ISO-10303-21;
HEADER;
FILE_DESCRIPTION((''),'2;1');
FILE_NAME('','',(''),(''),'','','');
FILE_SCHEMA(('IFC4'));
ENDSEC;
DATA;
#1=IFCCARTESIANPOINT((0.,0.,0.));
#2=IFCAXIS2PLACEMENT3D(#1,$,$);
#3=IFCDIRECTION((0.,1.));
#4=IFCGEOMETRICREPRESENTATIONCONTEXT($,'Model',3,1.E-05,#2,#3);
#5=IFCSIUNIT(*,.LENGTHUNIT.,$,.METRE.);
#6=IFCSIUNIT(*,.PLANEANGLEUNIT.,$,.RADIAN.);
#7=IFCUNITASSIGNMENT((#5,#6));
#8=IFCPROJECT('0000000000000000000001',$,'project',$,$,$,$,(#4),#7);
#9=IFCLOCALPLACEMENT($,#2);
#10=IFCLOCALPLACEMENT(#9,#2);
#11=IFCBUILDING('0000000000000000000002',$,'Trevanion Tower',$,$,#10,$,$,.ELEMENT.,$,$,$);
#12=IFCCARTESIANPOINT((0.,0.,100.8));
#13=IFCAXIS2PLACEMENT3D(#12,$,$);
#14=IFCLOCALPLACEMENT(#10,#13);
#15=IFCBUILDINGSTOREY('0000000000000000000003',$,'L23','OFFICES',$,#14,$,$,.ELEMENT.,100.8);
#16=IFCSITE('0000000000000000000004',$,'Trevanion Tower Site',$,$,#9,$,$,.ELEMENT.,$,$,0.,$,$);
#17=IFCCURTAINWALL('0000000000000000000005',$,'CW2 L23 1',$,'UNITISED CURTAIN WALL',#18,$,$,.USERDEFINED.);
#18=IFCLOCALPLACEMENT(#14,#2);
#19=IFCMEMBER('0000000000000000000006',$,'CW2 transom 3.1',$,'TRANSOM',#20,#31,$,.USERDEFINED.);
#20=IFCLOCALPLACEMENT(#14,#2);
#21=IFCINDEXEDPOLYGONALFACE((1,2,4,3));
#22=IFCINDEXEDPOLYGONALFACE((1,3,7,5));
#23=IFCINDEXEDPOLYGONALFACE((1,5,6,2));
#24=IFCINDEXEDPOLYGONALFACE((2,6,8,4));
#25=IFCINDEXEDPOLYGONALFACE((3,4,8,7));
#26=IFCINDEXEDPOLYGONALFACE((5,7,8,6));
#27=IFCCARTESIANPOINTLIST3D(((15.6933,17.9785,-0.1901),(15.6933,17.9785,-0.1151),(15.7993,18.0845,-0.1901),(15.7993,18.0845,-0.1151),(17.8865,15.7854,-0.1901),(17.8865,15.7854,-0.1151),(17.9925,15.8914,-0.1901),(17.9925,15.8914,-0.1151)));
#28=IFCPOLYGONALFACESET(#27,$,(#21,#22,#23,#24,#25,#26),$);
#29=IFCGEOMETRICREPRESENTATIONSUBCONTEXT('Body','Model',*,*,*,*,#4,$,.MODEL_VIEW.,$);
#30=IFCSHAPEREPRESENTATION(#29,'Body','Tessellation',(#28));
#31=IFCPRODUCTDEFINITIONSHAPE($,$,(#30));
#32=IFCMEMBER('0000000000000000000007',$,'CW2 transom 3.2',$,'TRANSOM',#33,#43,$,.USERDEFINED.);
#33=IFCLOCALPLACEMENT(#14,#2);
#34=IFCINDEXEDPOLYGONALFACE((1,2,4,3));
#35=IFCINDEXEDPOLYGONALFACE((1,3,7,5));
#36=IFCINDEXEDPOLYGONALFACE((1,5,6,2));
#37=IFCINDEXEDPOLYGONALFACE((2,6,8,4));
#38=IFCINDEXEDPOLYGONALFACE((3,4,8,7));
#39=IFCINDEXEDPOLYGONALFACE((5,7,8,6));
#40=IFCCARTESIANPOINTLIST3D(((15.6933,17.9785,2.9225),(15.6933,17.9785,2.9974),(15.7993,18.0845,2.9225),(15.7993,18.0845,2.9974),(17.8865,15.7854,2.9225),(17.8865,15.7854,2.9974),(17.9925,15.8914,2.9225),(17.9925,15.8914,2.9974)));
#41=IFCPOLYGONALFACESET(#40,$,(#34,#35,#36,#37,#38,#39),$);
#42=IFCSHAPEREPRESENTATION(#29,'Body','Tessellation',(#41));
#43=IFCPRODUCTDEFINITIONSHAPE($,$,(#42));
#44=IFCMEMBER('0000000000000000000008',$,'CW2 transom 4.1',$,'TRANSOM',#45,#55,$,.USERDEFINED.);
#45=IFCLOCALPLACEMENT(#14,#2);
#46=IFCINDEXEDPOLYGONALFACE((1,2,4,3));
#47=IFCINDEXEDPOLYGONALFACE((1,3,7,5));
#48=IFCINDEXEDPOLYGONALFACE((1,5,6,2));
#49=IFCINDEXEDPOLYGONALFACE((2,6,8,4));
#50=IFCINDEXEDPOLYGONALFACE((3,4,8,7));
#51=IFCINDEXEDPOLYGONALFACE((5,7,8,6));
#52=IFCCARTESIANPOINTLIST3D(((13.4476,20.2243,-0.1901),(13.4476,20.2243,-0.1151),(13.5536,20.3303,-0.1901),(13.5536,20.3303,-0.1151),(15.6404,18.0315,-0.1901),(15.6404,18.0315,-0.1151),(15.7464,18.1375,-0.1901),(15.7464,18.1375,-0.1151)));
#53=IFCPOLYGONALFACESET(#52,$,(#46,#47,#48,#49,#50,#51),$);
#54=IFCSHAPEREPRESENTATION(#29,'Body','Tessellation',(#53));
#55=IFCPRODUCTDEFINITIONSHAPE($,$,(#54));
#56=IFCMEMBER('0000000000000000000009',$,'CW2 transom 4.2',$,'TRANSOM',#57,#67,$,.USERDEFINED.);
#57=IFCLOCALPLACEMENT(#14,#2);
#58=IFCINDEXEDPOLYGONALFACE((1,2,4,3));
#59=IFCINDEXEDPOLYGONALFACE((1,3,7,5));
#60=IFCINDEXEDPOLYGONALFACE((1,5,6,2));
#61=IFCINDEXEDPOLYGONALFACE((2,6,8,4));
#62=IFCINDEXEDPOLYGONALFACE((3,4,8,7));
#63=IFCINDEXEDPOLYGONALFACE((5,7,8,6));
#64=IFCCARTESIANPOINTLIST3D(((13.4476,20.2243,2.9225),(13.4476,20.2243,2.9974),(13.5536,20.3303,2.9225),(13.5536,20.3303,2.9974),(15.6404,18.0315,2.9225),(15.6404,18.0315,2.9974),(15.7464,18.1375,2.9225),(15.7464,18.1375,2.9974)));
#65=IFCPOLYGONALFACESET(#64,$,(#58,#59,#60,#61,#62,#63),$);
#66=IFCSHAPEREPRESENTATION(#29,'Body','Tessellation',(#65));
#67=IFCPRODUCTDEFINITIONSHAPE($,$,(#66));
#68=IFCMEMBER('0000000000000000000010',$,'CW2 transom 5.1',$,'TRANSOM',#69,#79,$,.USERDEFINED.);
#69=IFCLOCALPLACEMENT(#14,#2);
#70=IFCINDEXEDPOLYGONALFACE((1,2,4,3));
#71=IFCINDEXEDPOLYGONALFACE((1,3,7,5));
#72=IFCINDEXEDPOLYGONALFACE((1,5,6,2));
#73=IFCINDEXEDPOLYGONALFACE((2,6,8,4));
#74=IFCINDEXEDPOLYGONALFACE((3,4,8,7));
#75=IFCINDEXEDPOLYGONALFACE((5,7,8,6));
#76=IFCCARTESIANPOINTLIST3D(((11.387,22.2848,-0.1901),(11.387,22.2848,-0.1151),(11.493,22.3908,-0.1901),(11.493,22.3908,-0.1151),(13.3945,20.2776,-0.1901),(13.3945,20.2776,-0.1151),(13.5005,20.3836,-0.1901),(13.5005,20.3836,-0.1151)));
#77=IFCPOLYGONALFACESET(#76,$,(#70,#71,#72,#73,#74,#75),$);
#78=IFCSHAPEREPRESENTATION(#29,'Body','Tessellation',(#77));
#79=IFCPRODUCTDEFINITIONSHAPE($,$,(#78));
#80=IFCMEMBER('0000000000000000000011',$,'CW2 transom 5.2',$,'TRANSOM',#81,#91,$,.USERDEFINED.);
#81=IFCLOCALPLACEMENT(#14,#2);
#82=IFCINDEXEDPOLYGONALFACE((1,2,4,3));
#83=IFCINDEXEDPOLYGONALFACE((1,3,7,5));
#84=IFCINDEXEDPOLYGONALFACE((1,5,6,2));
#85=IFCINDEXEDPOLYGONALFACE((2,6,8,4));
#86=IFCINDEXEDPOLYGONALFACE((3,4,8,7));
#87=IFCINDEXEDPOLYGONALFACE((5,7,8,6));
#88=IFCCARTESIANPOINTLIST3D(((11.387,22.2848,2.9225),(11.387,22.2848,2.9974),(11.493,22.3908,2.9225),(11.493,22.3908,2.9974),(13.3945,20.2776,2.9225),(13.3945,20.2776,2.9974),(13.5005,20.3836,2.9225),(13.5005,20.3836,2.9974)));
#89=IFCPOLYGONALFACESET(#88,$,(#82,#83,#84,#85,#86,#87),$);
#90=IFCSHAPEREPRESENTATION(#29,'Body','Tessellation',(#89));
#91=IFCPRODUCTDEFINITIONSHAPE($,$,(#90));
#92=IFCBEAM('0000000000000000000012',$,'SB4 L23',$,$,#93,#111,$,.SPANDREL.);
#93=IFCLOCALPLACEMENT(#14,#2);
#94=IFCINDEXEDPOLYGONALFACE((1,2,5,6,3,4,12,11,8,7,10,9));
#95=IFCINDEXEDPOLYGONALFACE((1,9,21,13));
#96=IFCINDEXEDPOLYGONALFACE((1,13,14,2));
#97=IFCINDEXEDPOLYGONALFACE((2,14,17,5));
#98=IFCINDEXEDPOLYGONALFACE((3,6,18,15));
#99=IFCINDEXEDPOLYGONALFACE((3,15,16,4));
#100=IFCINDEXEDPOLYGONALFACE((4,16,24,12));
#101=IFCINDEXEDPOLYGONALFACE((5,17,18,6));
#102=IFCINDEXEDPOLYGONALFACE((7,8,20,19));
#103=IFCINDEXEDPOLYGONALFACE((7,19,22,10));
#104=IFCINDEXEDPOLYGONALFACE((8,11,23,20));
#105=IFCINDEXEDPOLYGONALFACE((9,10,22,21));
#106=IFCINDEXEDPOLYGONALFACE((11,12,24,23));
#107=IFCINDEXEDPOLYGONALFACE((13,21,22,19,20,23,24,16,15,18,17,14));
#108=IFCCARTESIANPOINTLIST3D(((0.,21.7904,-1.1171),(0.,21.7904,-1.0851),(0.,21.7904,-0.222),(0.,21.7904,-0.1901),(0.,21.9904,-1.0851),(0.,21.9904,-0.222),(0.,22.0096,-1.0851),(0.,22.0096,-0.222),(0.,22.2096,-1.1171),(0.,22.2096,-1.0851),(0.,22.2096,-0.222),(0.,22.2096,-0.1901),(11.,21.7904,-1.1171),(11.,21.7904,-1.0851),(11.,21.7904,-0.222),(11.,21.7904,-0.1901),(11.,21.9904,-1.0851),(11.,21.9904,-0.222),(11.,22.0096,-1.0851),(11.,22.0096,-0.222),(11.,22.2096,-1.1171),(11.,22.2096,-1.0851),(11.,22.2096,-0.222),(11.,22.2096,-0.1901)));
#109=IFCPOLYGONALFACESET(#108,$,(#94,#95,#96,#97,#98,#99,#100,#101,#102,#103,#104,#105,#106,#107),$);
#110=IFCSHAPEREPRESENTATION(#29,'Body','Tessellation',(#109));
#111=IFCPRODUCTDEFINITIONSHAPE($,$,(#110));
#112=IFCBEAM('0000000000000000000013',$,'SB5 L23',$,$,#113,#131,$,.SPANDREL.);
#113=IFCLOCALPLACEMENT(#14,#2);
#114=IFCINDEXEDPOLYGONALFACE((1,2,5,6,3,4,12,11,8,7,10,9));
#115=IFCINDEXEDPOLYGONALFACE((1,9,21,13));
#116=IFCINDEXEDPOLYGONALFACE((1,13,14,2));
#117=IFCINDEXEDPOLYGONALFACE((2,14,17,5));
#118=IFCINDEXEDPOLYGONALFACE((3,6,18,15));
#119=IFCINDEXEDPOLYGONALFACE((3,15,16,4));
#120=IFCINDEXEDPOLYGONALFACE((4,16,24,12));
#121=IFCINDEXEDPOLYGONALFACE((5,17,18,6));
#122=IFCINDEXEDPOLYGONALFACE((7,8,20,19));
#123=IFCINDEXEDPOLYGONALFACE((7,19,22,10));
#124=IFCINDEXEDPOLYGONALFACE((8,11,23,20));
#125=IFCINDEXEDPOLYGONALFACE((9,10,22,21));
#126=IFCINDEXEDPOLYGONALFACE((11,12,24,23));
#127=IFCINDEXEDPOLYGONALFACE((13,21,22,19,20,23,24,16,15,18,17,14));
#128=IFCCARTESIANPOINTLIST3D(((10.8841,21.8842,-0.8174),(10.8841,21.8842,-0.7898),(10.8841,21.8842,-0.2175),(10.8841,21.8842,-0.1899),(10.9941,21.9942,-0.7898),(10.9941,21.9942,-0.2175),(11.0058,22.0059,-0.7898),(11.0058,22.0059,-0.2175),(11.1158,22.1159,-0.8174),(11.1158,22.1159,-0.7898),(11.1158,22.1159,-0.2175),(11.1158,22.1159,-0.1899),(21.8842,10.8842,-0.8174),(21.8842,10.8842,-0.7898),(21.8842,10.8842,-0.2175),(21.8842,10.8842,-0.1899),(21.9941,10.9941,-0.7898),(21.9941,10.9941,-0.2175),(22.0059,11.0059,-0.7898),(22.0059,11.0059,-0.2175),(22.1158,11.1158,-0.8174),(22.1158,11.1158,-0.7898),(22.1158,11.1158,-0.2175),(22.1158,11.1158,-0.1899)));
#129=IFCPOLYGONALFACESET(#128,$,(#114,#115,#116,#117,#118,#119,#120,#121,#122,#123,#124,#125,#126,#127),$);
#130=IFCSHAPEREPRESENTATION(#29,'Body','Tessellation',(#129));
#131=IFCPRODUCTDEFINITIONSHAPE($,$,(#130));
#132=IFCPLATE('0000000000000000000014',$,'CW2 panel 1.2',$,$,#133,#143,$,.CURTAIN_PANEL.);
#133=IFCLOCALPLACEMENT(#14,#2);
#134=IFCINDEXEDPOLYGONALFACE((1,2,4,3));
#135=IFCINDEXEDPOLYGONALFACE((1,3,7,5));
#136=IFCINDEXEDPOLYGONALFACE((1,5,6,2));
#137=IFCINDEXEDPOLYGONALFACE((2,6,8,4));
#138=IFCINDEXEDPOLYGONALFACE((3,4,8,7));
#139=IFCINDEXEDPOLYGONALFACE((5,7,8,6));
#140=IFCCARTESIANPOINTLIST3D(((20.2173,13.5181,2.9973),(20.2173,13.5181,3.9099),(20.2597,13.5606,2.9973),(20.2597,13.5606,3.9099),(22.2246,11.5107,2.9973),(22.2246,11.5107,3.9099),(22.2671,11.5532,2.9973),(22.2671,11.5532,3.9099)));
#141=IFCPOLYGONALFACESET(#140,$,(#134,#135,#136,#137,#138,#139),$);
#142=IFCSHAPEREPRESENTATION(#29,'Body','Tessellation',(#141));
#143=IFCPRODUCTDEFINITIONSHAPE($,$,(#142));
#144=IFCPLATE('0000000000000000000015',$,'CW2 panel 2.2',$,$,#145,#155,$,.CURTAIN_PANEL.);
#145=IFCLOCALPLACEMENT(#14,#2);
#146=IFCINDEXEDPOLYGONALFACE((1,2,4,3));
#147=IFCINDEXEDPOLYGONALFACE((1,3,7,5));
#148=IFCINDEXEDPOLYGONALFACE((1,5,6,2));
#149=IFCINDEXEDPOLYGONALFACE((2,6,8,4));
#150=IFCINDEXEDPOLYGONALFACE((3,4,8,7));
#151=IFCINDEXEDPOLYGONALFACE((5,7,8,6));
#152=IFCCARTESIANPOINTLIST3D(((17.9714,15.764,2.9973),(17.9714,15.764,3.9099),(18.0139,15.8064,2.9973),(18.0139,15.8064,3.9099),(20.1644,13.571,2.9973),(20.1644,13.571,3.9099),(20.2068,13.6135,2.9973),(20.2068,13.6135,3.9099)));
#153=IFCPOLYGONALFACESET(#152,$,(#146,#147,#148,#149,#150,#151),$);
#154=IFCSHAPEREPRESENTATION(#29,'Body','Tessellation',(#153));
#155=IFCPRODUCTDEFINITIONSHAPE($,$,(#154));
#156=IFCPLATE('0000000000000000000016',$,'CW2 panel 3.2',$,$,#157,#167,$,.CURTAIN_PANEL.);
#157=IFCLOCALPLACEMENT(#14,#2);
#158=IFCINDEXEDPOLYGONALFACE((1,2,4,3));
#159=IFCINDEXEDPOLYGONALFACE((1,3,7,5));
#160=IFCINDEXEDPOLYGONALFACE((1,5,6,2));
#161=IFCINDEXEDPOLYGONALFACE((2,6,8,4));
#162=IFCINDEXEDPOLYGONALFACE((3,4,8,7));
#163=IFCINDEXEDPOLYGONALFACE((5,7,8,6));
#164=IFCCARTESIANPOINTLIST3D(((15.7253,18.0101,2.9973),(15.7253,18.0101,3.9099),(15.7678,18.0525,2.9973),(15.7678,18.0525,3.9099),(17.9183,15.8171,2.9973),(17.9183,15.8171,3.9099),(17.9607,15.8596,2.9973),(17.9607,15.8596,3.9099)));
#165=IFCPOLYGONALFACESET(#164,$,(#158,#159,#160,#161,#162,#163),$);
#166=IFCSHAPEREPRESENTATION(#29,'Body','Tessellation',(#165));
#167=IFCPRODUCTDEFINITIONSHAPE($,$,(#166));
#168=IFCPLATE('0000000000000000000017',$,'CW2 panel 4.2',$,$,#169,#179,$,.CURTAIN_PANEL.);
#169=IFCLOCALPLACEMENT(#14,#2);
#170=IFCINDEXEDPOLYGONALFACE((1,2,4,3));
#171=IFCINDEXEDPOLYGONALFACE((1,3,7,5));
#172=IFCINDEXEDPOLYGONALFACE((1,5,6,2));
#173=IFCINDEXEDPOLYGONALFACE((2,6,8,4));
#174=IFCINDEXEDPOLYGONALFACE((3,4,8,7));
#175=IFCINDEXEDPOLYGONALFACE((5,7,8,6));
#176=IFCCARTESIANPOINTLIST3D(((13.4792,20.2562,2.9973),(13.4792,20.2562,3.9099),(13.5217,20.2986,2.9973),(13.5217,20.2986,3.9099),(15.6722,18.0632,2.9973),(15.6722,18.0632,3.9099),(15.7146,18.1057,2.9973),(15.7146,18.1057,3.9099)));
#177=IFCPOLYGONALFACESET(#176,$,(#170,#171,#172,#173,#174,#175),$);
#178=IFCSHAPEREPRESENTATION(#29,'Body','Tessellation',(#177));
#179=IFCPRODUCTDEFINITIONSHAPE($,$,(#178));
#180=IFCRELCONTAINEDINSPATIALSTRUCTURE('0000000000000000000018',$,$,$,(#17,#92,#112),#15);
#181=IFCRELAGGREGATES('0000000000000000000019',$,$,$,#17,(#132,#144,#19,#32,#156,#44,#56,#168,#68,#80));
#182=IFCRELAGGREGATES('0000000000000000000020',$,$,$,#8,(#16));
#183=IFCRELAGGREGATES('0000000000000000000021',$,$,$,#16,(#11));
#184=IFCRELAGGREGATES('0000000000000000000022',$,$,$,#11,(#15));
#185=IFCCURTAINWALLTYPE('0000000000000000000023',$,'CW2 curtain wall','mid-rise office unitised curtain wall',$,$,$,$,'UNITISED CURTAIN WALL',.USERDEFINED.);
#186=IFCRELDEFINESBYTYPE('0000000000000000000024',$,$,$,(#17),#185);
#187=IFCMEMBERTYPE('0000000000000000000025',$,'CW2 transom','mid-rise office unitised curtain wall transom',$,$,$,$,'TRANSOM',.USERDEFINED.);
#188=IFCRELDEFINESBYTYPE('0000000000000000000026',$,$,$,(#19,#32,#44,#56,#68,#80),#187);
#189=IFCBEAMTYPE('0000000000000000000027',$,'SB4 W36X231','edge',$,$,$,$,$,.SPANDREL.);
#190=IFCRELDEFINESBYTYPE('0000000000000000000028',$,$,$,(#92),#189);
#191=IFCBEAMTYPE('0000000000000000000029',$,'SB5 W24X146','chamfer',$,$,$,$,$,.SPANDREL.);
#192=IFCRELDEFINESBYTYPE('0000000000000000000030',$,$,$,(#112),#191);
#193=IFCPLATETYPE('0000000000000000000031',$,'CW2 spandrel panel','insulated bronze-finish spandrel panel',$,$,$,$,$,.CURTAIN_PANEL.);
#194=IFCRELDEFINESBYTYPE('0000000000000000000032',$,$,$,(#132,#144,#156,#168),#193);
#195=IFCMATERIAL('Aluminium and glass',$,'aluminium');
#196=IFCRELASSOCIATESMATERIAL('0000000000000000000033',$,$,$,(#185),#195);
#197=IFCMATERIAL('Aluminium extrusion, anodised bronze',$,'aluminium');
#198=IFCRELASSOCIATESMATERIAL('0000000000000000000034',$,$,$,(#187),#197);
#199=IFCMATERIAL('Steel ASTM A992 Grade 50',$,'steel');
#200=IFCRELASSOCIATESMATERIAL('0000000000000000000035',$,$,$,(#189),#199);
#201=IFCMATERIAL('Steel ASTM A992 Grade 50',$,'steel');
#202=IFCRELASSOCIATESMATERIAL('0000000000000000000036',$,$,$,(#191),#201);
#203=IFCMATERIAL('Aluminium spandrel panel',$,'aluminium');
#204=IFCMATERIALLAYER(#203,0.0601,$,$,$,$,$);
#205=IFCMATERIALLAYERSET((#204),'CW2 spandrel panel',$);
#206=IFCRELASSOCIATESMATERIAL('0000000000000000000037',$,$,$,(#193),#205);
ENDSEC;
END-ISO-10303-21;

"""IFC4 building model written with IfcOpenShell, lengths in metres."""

from ifc_helpers import new_model, si_unit, direction, frame, origin, origin_2d, place, context, subcontext, project, spatial, rectangle, i_section, extrude, material, layer, layer_set, material_profile, profile_set, type_object, element, aggregate, save


model = new_model("IFC4")

# Units and contexts
model_context = context("Model", 3, precision=1e-05, world=origin(), true_north=direction((0.0, 1.0)))
body_context = subcontext(model_context, "Body", "Model", "MODEL_VIEW")
ifc_project = project(units=[si_unit("LENGTHUNIT", "METRE"), si_unit("PLANEANGLEUNIT", "RADIAN")], contexts=[model_context])

# Site, building, storey
site_placement = place(None, origin())
site = spatial("IfcSite", under=ifc_project, at=site_placement, Name="Trevanion Tower Site", CompositionType="ELEMENT", RefElevation=0.0)
building_placement = place(site_placement, origin())
building = spatial("IfcBuilding", under=site, at=building_placement, Name="Trevanion Tower", CompositionType="ELEMENT")
storey_placement = place(building_placement, frame((0.0, 0.0, 100.8)))
storey = spatial("IfcBuildingStorey", under=building, at=storey_placement, Name="L23", Description="OFFICES", CompositionType="ELEMENT", Elevation=100.8)

# Curtain wall
ifc_material_1 = material(Name="Aluminium and glass", Category="aluminium")
curtain_wall_type = type_object("IfcCurtainWallType", Name="CW2 curtain wall", Description="mid-rise office unitised curtain wall", ElementType="UNITISED CURTAIN WALL", PredefinedType="USERDEFINED", material=ifc_material_1)
curtain_wall_1_placement = place(storey_placement, origin())
curtain_wall_1 = element("IfcCurtainWall", 1, at=curtain_wall_1_placement, inside=storey, type_object=curtain_wall_type, Name="CW2 L23 1", ObjectType="UNITISED CURTAIN WALL", PredefinedType="USERDEFINED")

# Members
ifc_material_2 = material(Name="Aluminium extrusion, anodised bronze", Category="aluminium")
ifc_material_profile_1 = material_profile(ifc_material_2, rectangle(XDim=0.1499, YDim=0.075, at=origin_2d()), Name="CW2 transom")
ifc_profile_set_1 = profile_set([ifc_material_profile_1], Name="Aluminium extrusion, anodised bronze")
member_type_1 = type_object("IfcMemberType", Name="CW2 transom", Description="mid-rise office unitised curtain wall transom", ElementType="TRANSOM", PredefinedType="USERDEFINED", material=ifc_profile_set_1)
member_1_placement = place(storey_placement, frame((17.9395, 15.8384, -0.1526), z_axis=(-0.707107, 0.707107, 0.0), x_axis=(-0.707107, -0.707107, 0.0)))
member_1 = element("IfcMember", 2, at=member_1_placement, type_object=member_type_1, Name="CW2 transom 3.1", ObjectType="TRANSOM", PredefinedType="USERDEFINED", context=body_context, shape_type="SweptSolid", body=[
    extrude(rectangle(XDim=0.1499, YDim=0.075, at=origin_2d()), origin(), (0.0, 0.0, 1.0), 3.1016),
])
member_2_placement = place(storey_placement, frame((17.9395, 15.8384, 2.96), z_axis=(-0.707107, 0.707107, 0.0), x_axis=(-0.707107, -0.707107, 0.0)))
member_2 = element("IfcMember", 3, at=member_2_placement, type_object=member_type_1, Name="CW2 transom 3.2", ObjectType="TRANSOM", PredefinedType="USERDEFINED", context=body_context, shape_type="SweptSolid", body=[
    extrude(rectangle(XDim=0.1499, YDim=0.075, at=origin_2d()), origin(), (0.0, 0.0, 1.0), 3.1016),
])
member_3_placement = place(storey_placement, frame((15.6934, 18.0845, -0.1526), z_axis=(-0.707107, 0.707107, 0.0), x_axis=(-0.707107, -0.707107, 0.0)))
member_3 = element("IfcMember", 4, at=member_3_placement, type_object=member_type_1, Name="CW2 transom 4.1", ObjectType="TRANSOM", PredefinedType="USERDEFINED", context=body_context, shape_type="SweptSolid", body=[
    extrude(rectangle(XDim=0.1499, YDim=0.075, at=origin_2d()), origin(), (0.0, 0.0, 1.0), 3.1011),
])
member_4_placement = place(storey_placement, frame((15.6934, 18.0845, 2.96), z_axis=(-0.707107, 0.707107, 0.0), x_axis=(-0.707107, -0.707107, 0.0)))
member_4 = element("IfcMember", 5, at=member_4_placement, type_object=member_type_1, Name="CW2 transom 4.2", ObjectType="TRANSOM", PredefinedType="USERDEFINED", context=body_context, shape_type="SweptSolid", body=[
    extrude(rectangle(XDim=0.1499, YDim=0.075, at=origin_2d()), origin(), (0.0, 0.0, 1.0), 3.1011),
])
member_5_placement = place(storey_placement, frame((13.4475, 20.3306, -0.1526), z_axis=(-0.70715, 0.707064, 0.0), x_axis=(-0.707064, -0.70715, 0.0)))
member_5 = element("IfcMember", 6, at=member_5_placement, type_object=member_type_1, Name="CW2 transom 5.1", ObjectType="TRANSOM", PredefinedType="USERDEFINED", context=body_context, shape_type="SweptSolid", body=[
    extrude(rectangle(XDim=0.1499, YDim=0.075, at=origin_2d()), origin(), (0.0, 0.0, 1.0), 2.8389),
])
member_6_placement = place(storey_placement, frame((13.4475, 20.3306, 2.96), z_axis=(-0.70715, 0.707064, 0.0), x_axis=(-0.707064, -0.70715, 0.0)))
member_6 = element("IfcMember", 7, at=member_6_placement, type_object=member_type_1, Name="CW2 transom 5.2", ObjectType="TRANSOM", PredefinedType="USERDEFINED", context=body_context, shape_type="SweptSolid", body=[
    extrude(rectangle(XDim=0.1499, YDim=0.075, at=origin_2d()), origin(), (0.0, 0.0, 1.0), 2.8389),
])

# Beams
ifc_material_3 = material(Name="Steel ASTM A992 Grade 50", Category="steel")
ifc_material_profile_2 = material_profile(ifc_material_3, i_section(OverallWidth=0.4192, OverallDepth=0.927, WebThickness=0.0193, FlangeThickness=0.032, at=origin_2d()), Name="W36X231")
ifc_profile_set_2 = profile_set([ifc_material_profile_2], Name="Steel ASTM A992 Grade 50")
beam_type_1 = type_object("IfcBeamType", Name="SB4 W36X231", Description="edge", PredefinedType="SPANDREL", material=ifc_profile_set_2)
beam_1_placement = place(storey_placement, frame((11.0, 22.0, -0.6536), z_axis=(-1.0, 0.0, 0.0), x_axis=(0.0, -1.0, 0.0)))
element("IfcBeam", 8, at=beam_1_placement, inside=storey, type_object=beam_type_1, Name="SB4 L23", PredefinedType="SPANDREL", context=body_context, shape_type="SweptSolid", body=[
    extrude(i_section(OverallWidth=0.4192, OverallDepth=0.927, WebThickness=0.0193, FlangeThickness=0.032, at=origin_2d()), origin(), (0.0, 0.0, 1.0), 11.0),
])
ifc_material_4 = material(Name="Steel ASTM A992 Grade 50", Category="steel")
ifc_material_profile_3 = material_profile(ifc_material_4, i_section(OverallWidth=0.3276, OverallDepth=0.6274, WebThickness=0.0166, FlangeThickness=0.0276, at=origin_2d()), Name="W24X146")
ifc_profile_set_3 = profile_set([ifc_material_profile_3], Name="Steel ASTM A992 Grade 50")
beam_type_2 = type_object("IfcBeamType", Name="SB5 W24X146", Description="chamfer", PredefinedType="SPANDREL", material=ifc_profile_set_3)
beam_2_placement = place(storey_placement, frame((22.0, 11.0, -0.5037), z_axis=(-0.707107, 0.707107, 0.0), x_axis=(-0.707107, -0.707107, 0.0)))
element("IfcBeam", 9, at=beam_2_placement, inside=storey, type_object=beam_type_2, Name="SB5 L23", PredefinedType="SPANDREL", context=body_context, shape_type="SweptSolid", body=[
    extrude(i_section(OverallWidth=0.3276, OverallDepth=0.6274, WebThickness=0.0166, FlangeThickness=0.0276, at=origin_2d()), origin(), (0.0, 0.0, 1.0), 15.5564),
])

# Plates
ifc_material_5 = material(Name="Aluminium spandrel panel", Category="aluminium")
ifc_layer_1 = layer(ifc_material_5, 0.0601)
ifc_layer_set_1 = layer_set([ifc_layer_1], Name="CW2 spandrel panel")
plate_type_1 = type_object("IfcPlateType", Name="CW2 spandrel panel", Description="insulated bronze-finish spandrel panel", PredefinedType="CURTAIN_PANEL", material=ifc_layer_set_1)
plate_1_placement = place(storey_placement, frame((21.2422, 12.5356, 2.9973), z_axis=(0.0, 0.0, 1.0), x_axis=(-0.707107, 0.707107, 0.0)))
plate_1 = element("IfcPlate", 10, at=plate_1_placement, type_object=plate_type_1, Name="CW2 panel 1.2", PredefinedType="CURTAIN_PANEL", context=body_context, shape_type="SweptSolid", body=[
    extrude(rectangle(XDim=2.8389, YDim=0.0601, at=origin_2d()), origin(), (0.0, 0.0, 1.0), 0.9126),
])
plate_2_placement = place(storey_placement, frame((19.0891, 14.6887, 2.9973), z_axis=(0.0, 0.0, 1.0), x_axis=(-0.707107, 0.707107, 0.0)))
plate_2 = element("IfcPlate", 11, at=plate_2_placement, type_object=plate_type_1, Name="CW2 panel 2.2", PredefinedType="CURTAIN_PANEL", context=body_context, shape_type="SweptSolid", body=[
    extrude(rectangle(XDim=3.1013, YDim=0.0601, at=origin_2d()), origin(), (0.0, 0.0, 1.0), 0.9126),
])
plate_3_placement = place(storey_placement, frame((16.843, 16.9348, 2.9973), z_axis=(0.0, 0.0, 1.0), x_axis=(-0.707107, 0.707107, 0.0)))
plate_3 = element("IfcPlate", 12, at=plate_3_placement, type_object=plate_type_1, Name="CW2 panel 3.2", PredefinedType="CURTAIN_PANEL", context=body_context, shape_type="SweptSolid", body=[
    extrude(rectangle(XDim=3.1013, YDim=0.0601, at=origin_2d()), origin(), (0.0, 0.0, 1.0), 0.9126),
])
plate_4_placement = place(storey_placement, frame((14.5969, 19.1809, 2.9973), z_axis=(0.0, 0.0, 1.0), x_axis=(-0.707107, 0.707107, 0.0)))
plate_4 = element("IfcPlate", 13, at=plate_4_placement, type_object=plate_type_1, Name="CW2 panel 4.2", PredefinedType="CURTAIN_PANEL", context=body_context, shape_type="SweptSolid", body=[
    extrude(rectangle(XDim=3.1013, YDim=0.0601, at=origin_2d()), origin(), (0.0, 0.0, 1.0), 0.9126),
])
aggregate(curtain_wall_1, [plate_1, plate_2, member_1, member_2, plate_3, member_3, member_4, plate_4, member_5, member_6])

save(model, "model.ifc")
